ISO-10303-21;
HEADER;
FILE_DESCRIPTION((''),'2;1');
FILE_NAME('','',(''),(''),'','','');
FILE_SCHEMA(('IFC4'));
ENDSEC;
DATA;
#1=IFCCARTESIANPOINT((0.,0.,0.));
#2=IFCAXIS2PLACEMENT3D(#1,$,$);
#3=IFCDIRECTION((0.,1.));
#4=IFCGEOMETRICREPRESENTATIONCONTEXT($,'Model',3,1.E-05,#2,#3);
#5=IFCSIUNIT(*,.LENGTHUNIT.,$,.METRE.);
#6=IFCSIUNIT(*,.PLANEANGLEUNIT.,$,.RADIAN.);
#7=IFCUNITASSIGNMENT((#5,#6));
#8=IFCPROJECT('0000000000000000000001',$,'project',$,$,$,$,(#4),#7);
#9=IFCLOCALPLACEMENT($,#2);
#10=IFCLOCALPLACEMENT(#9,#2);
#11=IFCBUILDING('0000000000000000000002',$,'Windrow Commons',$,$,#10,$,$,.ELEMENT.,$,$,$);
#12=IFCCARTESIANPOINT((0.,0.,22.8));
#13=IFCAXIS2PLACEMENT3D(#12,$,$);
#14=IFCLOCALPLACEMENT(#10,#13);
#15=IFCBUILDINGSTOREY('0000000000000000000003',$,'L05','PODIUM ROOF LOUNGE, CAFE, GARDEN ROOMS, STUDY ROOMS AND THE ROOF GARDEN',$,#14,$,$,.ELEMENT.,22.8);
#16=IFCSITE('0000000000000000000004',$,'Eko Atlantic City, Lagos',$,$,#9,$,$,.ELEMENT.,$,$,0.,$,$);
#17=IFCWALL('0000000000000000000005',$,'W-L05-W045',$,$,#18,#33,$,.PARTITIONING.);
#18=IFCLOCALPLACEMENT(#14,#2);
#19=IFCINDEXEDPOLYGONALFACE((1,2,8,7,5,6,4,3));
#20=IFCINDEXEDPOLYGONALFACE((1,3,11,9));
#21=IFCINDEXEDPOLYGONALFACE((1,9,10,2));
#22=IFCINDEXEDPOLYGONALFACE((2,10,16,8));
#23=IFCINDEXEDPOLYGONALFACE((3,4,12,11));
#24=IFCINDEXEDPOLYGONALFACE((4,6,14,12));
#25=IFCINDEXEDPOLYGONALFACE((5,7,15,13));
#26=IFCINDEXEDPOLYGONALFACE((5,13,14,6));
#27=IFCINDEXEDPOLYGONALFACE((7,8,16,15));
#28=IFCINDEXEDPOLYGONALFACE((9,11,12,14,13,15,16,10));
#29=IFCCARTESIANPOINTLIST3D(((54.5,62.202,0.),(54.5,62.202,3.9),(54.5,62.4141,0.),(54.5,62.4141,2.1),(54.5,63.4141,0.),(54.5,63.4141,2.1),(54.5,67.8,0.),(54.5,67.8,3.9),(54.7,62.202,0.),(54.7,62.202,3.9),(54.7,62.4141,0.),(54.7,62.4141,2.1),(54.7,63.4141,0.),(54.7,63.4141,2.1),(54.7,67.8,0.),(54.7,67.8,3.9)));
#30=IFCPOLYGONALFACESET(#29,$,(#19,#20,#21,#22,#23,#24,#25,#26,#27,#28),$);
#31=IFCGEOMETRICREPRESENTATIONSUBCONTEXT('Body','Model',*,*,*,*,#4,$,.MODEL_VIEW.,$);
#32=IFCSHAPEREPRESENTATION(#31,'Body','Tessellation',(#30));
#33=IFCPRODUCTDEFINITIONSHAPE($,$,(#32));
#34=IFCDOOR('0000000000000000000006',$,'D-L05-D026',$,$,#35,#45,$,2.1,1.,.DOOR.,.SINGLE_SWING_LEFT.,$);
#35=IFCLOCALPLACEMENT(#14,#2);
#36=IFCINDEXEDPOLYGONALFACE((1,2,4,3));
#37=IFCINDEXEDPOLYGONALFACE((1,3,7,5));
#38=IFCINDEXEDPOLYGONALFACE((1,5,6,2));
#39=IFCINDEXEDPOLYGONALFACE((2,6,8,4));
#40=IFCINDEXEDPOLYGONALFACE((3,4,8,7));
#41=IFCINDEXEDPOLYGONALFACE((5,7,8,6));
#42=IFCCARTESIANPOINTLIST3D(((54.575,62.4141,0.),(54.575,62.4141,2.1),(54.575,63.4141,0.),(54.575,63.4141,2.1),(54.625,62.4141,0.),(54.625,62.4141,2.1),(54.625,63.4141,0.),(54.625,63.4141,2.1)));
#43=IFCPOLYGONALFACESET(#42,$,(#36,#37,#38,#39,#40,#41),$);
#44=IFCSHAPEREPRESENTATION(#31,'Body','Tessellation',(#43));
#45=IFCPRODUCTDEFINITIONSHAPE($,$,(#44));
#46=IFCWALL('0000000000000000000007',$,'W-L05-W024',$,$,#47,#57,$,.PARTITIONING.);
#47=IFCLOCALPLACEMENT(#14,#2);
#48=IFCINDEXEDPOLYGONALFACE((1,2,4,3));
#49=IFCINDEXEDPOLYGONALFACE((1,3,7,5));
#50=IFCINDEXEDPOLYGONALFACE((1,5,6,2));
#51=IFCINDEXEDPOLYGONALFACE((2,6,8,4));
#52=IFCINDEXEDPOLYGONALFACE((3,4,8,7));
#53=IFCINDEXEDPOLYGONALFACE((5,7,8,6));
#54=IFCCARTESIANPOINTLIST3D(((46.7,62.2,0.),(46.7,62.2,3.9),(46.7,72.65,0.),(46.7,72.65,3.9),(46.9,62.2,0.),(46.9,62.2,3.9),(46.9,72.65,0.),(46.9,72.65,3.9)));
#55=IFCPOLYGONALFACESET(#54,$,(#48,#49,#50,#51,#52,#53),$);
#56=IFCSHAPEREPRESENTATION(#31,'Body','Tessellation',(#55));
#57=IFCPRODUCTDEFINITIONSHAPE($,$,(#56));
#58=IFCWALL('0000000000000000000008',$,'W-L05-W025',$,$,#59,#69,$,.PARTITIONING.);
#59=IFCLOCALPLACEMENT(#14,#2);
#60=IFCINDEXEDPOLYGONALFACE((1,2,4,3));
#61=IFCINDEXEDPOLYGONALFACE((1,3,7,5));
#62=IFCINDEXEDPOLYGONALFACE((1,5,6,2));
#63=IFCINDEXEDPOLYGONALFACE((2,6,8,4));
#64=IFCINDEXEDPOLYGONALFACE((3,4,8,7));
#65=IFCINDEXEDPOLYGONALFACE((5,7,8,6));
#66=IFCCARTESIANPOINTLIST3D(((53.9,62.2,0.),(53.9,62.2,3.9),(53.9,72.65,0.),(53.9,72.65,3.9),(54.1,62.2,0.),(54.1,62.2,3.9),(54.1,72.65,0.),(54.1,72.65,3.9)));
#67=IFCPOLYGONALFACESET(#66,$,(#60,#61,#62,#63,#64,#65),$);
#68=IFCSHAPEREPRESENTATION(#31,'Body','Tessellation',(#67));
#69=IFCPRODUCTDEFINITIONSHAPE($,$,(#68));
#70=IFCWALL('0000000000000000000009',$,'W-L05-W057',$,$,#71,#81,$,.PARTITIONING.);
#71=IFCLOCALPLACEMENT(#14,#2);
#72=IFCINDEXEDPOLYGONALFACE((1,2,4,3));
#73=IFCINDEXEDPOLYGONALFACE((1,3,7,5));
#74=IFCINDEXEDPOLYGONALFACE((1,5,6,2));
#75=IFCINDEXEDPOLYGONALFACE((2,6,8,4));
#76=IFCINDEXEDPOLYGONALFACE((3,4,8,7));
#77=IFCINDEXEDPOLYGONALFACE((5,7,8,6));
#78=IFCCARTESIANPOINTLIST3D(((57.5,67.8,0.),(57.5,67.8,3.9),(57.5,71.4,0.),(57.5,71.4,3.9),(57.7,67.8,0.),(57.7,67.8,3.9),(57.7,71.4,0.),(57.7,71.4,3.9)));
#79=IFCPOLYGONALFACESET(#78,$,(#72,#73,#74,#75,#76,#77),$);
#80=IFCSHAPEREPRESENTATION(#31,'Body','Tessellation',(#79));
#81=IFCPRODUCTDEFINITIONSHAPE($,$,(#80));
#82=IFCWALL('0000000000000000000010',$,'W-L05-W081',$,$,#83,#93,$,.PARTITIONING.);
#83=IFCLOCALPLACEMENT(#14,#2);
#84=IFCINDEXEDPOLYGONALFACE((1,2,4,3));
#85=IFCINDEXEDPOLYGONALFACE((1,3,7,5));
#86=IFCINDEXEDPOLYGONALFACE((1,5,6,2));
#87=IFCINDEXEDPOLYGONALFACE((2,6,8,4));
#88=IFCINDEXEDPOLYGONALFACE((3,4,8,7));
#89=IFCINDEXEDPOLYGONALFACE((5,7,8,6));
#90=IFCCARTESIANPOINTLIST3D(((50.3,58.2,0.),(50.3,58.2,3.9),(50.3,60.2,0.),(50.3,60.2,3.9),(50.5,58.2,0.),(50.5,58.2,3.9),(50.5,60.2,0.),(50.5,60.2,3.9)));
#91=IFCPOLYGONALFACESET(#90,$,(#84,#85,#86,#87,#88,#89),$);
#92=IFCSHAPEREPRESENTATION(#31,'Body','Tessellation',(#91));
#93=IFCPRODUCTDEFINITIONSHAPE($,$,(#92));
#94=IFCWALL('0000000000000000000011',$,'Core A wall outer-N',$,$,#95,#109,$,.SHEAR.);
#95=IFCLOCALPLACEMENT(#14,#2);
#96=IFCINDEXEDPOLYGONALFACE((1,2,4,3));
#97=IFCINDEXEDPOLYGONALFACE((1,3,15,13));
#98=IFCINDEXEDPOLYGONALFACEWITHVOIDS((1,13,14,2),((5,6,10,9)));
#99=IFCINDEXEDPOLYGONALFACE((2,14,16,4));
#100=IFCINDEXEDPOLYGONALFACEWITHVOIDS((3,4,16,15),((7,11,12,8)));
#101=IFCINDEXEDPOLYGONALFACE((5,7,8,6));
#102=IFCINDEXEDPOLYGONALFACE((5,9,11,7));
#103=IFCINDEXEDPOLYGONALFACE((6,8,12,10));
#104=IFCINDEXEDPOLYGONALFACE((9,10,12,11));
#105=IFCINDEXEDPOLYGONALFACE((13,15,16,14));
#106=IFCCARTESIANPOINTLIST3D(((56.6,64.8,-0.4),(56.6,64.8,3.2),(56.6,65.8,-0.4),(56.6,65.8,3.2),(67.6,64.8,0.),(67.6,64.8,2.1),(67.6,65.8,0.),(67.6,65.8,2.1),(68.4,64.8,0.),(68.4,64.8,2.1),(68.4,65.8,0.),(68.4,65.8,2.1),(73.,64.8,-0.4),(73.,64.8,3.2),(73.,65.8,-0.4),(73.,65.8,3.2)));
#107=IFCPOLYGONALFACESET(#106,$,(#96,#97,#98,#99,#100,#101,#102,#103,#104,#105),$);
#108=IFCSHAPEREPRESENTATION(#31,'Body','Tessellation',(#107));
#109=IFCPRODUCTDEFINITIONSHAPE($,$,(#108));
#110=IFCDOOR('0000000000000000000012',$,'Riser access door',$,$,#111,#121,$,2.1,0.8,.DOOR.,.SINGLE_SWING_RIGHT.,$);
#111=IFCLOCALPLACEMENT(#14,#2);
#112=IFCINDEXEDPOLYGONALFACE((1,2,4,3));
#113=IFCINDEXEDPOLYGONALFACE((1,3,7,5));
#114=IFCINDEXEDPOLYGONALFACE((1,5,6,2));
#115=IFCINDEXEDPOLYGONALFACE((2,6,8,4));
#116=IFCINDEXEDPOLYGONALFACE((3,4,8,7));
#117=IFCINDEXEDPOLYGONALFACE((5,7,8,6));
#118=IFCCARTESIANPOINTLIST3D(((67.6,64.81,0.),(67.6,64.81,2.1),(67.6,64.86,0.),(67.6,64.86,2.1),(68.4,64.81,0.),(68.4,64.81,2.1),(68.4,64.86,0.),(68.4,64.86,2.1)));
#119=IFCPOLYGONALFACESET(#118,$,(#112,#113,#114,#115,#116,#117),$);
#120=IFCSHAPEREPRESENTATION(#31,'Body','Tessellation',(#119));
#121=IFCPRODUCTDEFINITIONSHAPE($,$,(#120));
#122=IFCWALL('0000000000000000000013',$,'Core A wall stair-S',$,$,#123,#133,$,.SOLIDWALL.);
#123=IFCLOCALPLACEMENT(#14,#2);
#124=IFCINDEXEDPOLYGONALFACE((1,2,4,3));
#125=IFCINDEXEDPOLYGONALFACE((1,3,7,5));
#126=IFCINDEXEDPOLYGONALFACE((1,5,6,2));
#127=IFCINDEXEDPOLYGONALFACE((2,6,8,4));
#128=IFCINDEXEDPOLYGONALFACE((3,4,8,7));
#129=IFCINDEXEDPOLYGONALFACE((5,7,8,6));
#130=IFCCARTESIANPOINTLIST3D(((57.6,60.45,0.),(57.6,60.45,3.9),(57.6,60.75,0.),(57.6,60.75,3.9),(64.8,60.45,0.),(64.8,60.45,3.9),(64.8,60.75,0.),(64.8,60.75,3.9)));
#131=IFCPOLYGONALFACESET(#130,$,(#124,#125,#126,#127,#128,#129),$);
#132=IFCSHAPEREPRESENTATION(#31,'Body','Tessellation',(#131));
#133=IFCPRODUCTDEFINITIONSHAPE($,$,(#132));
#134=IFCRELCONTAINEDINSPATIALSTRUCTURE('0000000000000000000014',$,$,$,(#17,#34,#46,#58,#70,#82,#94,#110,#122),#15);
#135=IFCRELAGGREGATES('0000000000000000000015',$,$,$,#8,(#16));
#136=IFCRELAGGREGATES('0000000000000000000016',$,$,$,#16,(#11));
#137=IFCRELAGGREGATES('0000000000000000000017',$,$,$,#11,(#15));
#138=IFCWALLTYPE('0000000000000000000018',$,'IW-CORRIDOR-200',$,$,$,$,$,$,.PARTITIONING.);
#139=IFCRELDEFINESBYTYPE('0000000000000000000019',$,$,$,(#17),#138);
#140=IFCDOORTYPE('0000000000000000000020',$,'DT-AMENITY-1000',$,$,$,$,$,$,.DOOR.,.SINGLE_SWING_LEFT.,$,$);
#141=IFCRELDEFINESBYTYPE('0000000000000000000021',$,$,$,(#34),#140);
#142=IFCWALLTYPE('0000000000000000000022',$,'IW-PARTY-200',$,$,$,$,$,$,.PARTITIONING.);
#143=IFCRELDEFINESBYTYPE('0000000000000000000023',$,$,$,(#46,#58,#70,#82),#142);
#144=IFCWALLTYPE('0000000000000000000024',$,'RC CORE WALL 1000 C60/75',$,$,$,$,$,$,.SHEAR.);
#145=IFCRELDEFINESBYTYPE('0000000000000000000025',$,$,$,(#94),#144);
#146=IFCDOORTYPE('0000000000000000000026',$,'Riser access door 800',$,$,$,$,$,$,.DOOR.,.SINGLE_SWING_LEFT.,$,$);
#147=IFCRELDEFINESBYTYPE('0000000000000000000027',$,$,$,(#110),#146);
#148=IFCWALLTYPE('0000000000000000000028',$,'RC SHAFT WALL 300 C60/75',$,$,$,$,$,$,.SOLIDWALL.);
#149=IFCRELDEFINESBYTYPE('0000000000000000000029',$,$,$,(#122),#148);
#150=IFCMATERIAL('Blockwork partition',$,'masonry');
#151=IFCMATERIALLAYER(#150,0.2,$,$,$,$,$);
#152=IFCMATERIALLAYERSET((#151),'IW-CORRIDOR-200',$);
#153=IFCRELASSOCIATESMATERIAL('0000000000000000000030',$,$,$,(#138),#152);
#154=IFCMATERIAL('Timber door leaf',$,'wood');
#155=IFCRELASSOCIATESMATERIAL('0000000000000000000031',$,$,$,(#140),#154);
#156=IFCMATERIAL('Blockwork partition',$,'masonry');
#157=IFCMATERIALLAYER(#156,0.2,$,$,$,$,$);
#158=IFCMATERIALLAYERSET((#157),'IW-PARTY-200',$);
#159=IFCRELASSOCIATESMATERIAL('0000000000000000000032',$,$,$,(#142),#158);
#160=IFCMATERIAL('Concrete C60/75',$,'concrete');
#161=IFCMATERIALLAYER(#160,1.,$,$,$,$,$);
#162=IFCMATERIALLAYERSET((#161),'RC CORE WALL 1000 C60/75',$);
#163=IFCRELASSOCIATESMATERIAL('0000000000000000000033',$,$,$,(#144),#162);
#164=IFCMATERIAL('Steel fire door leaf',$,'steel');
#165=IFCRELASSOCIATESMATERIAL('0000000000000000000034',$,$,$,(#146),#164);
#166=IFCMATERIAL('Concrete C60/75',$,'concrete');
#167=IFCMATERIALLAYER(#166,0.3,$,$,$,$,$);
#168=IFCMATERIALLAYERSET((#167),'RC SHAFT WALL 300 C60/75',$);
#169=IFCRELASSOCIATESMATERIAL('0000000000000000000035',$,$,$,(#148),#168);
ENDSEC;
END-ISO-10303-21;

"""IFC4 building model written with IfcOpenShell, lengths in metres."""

from ifc_helpers import new_model, si_unit, direction, frame, frame_2d, origin, place, context, subcontext, project, spatial, rectangle, extrude, material, layer, layer_set, type_object, element, fill, save


model = new_model("IFC4")

# Units and contexts
model_context = context("Model", 3, precision=1e-05, world=origin(), true_north=direction((0.0, 1.0)))
body_context = subcontext(model_context, "Body", "Model", "MODEL_VIEW")
ifc_project = project(units=[si_unit("LENGTHUNIT", "METRE"), si_unit("PLANEANGLEUNIT", "RADIAN")], contexts=[model_context])

# Site, building, storey
site_placement = place(None, origin())
site = spatial("IfcSite", under=ifc_project, at=site_placement, Name="Eko Atlantic City, Lagos", CompositionType="ELEMENT", RefElevation=0.0)
building_placement = place(site_placement, origin())
building = spatial("IfcBuilding", under=site, at=building_placement, Name="Windrow Commons", CompositionType="ELEMENT")
storey_placement = place(building_placement, frame((0.0, 0.0, 22.8)))
storey = spatial("IfcBuildingStorey", under=building, at=storey_placement, Name="L05", Description="PODIUM ROOF LOUNGE, CAFE, GARDEN ROOMS, STUDY ROOMS AND THE ROOF GARDEN", CompositionType="ELEMENT", Elevation=22.8)

# Shared definitions
ifc_material_1 = material(Name="Blockwork partition", Category="masonry")
ifc_layer_1 = layer(ifc_material_1, 0.2)
ifc_layer_set_1 = layer_set([ifc_layer_1], Name="IW-CORRIDOR-200")
wall_type_1 = type_object("IfcWallType", Name="IW-CORRIDOR-200", PredefinedType="PARTITIONING", material=ifc_layer_set_1)
ifc_material_2 = material(Name="Timber door leaf", Category="wood")
door_type_1 = type_object("IfcDoorType", Name="DT-AMENITY-1000", OperationType="SINGLE_SWING_LEFT", PredefinedType="DOOR", material=ifc_material_2)

# Wall, opening, door
wall_1_placement = place(storey_placement, frame((54.6, 62.202, 0.0), z_axis=(0.0, 0.0, 1.0), x_axis=(0.0, 1.0, 0.0)))
wall_1 = element("IfcWall", 1, at=wall_1_placement, inside=storey, type_object=wall_type_1, Name="W-L05-W045", PredefinedType="PARTITIONING", context=body_context, shape_type="SweptSolid", body=[
    extrude(rectangle(XDim=5.598, YDim=0.2, at=frame_2d((2.799, 0.0))), origin(), (0.0, 0.0, 1.0), 3.9),
])
opening_1_placement = place(wall_1_placement, frame((0.2121, 0.0, 0.0)))
opening_1 = element("IfcOpeningElement", 2, at=opening_1_placement, cuts=wall_1, PredefinedType="OPENING", context=body_context, shape_type="SweptSolid", body=[
    extrude(rectangle(XDim=1.0, YDim=2.1, at=frame_2d((0.5, 1.05))), frame((0.0, 0.11, 0.0), z_axis=(0.0, -1.0, 0.0), x_axis=(1.0, 0.0, 0.0)), (0.0, 0.0, 1.0), 0.22),
])
door_1_placement = place(opening_1_placement, origin())
door_1 = element("IfcDoor", 3, at=door_1_placement, inside=storey, type_object=door_type_1, Name="D-L05-D026", OperationType="SINGLE_SWING_LEFT", OverallHeight=2.1, OverallWidth=1.0, PredefinedType="DOOR", context=body_context, shape_type="SweptSolid", body=[
    extrude(rectangle(XDim=1.0, YDim=2.1, at=frame_2d((0.5, 1.05))), frame((0.0, 0.025, 0.0), z_axis=(0.0, -1.0, 0.0), x_axis=(1.0, 0.0, 0.0)), (0.0, 0.0, 1.0), 0.05),
])
fill(opening_1, door_1)

# Walls
ifc_material_3 = material(Name="Blockwork partition", Category="masonry")
ifc_layer_2 = layer(ifc_material_3, 0.2)
ifc_layer_set_2 = layer_set([ifc_layer_2], Name="IW-PARTY-200")
wall_type_2 = type_object("IfcWallType", Name="IW-PARTY-200", PredefinedType="PARTITIONING", material=ifc_layer_set_2)
for number, where, z_axis, x_axis, name in (
    (4, (46.8, 62.2, 0.0), (0.0, 0.0, 1.0), (0.0, 1.0, 0.0), "W-L05-W024"),
    (5, (54.0, 62.2, 0.0), (0.0, 0.0, 1.0), (0.0, 1.0, 0.0), "W-L05-W025"),
):
    element("IfcWall", number, at=place(storey_placement, frame(where, z_axis=z_axis, x_axis=x_axis)), inside=storey, type_object=wall_type_2, Name=name, PredefinedType="PARTITIONING", context=body_context, shape_type="SweptSolid", body=[
        extrude(rectangle(XDim=10.45, YDim=0.2, at=frame_2d((5.225, 0.0))), origin(), (0.0, 0.0, 1.0), 3.9),
    ])
wall_2_placement = place(storey_placement, frame((57.6, 67.8, 0.0), z_axis=(0.0, 0.0, 1.0), x_axis=(0.0, 1.0, 0.0)))
element("IfcWall", 6, at=wall_2_placement, inside=storey, type_object=wall_type_2, Name="W-L05-W057", PredefinedType="PARTITIONING", context=body_context, shape_type="SweptSolid", body=[
    extrude(rectangle(XDim=3.6, YDim=0.2, at=frame_2d((1.8, 0.0))), origin(), (0.0, 0.0, 1.0), 3.9),
])
wall_3_placement = place(storey_placement, frame((50.4, 58.2, 0.0), z_axis=(0.0, 0.0, 1.0), x_axis=(0.0, 1.0, 0.0)))
element("IfcWall", 7, at=wall_3_placement, inside=storey, type_object=wall_type_2, Name="W-L05-W081", PredefinedType="PARTITIONING", context=body_context, shape_type="SweptSolid", body=[
    extrude(rectangle(XDim=2.0, YDim=0.2, at=frame_2d((1.0, 0.0))), origin(), (0.0, 0.0, 1.0), 3.9),
])

# Wall, opening, door
ifc_material_4 = material(Name="Concrete C60/75", Category="concrete")
ifc_layer_3 = layer(ifc_material_4, 1.0)
ifc_layer_set_3 = layer_set([ifc_layer_3], Name="RC CORE WALL 1000 C60/75")
wall_type_3 = type_object("IfcWallType", Name="RC CORE WALL 1000 C60/75", PredefinedType="SHEAR", material=ifc_layer_set_3)
wall_4_placement = place(storey_placement, frame((56.6, 65.3, -0.4), z_axis=(0.0, 0.0, 1.0), x_axis=(1.0, 0.0, 0.0)))
wall_4 = element("IfcWall", 8, at=wall_4_placement, inside=storey, type_object=wall_type_3, Name="Core A wall outer-N", PredefinedType="SHEAR", context=body_context, shape_type="SweptSolid", body=[
    extrude(rectangle(XDim=16.4, YDim=1.0, at=frame_2d((8.2, 0.0))), origin(), (0.0, 0.0, 1.0), 3.6),
])
opening_2_placement = place(wall_4_placement, frame((11.0, 0.0, 0.4)))
opening_2 = element("IfcOpeningElement", 9, at=opening_2_placement, cuts=wall_4, PredefinedType="OPENING", context=body_context, shape_type="SweptSolid", body=[
    extrude(rectangle(XDim=0.8, YDim=2.1, at=frame_2d((0.4, 1.05))), frame((0.0, 0.51, 0.0), z_axis=(0.0, -1.0, 0.0), x_axis=(1.0, 0.0, 0.0)), (0.0, 0.0, 1.0), 1.02),
])
ifc_material_5 = material(Name="Steel fire door leaf", Category="steel")
door_type_2 = type_object("IfcDoorType", Name="Riser access door 800", OperationType="SINGLE_SWING_LEFT", PredefinedType="DOOR", material=ifc_material_5)
door_2_placement = place(opening_2_placement, origin())
door_2 = element("IfcDoor", 10, at=door_2_placement, inside=storey, type_object=door_type_2, Name="Riser access door", OperationType="SINGLE_SWING_RIGHT", OverallHeight=2.1, OverallWidth=0.8, PredefinedType="DOOR", context=body_context, shape_type="SweptSolid", body=[
    extrude(rectangle(XDim=0.8, YDim=2.1, at=frame_2d((0.4, 1.05))), frame((0.0, -0.44, 0.0), z_axis=(0.0, -1.0, 0.0), x_axis=(1.0, 0.0, 0.0)), (0.0, 0.0, 1.0), 0.05),
])
fill(opening_2, door_2)

# Wall
ifc_material_6 = material(Name="Concrete C60/75", Category="concrete")
ifc_layer_4 = layer(ifc_material_6, 0.3)
ifc_layer_set_4 = layer_set([ifc_layer_4], Name="RC SHAFT WALL 300 C60/75")
wall_type_4 = type_object("IfcWallType", Name="RC SHAFT WALL 300 C60/75", PredefinedType="SOLIDWALL", material=ifc_layer_set_4)
wall_5_placement = place(storey_placement, frame((57.6, 60.6, 0.0), z_axis=(0.0, 0.0, 1.0), x_axis=(1.0, 0.0, 0.0)))
element("IfcWall", 11, at=wall_5_placement, inside=storey, type_object=wall_type_4, Name="Core A wall stair-S", PredefinedType="SOLIDWALL", context=body_context, shape_type="SweptSolid", body=[
    extrude(rectangle(XDim=7.2, YDim=0.3, at=frame_2d((3.6, 0.0))), origin(), (0.0, 0.0, 1.0), 3.9),
])

save(model, "model.ifc")
